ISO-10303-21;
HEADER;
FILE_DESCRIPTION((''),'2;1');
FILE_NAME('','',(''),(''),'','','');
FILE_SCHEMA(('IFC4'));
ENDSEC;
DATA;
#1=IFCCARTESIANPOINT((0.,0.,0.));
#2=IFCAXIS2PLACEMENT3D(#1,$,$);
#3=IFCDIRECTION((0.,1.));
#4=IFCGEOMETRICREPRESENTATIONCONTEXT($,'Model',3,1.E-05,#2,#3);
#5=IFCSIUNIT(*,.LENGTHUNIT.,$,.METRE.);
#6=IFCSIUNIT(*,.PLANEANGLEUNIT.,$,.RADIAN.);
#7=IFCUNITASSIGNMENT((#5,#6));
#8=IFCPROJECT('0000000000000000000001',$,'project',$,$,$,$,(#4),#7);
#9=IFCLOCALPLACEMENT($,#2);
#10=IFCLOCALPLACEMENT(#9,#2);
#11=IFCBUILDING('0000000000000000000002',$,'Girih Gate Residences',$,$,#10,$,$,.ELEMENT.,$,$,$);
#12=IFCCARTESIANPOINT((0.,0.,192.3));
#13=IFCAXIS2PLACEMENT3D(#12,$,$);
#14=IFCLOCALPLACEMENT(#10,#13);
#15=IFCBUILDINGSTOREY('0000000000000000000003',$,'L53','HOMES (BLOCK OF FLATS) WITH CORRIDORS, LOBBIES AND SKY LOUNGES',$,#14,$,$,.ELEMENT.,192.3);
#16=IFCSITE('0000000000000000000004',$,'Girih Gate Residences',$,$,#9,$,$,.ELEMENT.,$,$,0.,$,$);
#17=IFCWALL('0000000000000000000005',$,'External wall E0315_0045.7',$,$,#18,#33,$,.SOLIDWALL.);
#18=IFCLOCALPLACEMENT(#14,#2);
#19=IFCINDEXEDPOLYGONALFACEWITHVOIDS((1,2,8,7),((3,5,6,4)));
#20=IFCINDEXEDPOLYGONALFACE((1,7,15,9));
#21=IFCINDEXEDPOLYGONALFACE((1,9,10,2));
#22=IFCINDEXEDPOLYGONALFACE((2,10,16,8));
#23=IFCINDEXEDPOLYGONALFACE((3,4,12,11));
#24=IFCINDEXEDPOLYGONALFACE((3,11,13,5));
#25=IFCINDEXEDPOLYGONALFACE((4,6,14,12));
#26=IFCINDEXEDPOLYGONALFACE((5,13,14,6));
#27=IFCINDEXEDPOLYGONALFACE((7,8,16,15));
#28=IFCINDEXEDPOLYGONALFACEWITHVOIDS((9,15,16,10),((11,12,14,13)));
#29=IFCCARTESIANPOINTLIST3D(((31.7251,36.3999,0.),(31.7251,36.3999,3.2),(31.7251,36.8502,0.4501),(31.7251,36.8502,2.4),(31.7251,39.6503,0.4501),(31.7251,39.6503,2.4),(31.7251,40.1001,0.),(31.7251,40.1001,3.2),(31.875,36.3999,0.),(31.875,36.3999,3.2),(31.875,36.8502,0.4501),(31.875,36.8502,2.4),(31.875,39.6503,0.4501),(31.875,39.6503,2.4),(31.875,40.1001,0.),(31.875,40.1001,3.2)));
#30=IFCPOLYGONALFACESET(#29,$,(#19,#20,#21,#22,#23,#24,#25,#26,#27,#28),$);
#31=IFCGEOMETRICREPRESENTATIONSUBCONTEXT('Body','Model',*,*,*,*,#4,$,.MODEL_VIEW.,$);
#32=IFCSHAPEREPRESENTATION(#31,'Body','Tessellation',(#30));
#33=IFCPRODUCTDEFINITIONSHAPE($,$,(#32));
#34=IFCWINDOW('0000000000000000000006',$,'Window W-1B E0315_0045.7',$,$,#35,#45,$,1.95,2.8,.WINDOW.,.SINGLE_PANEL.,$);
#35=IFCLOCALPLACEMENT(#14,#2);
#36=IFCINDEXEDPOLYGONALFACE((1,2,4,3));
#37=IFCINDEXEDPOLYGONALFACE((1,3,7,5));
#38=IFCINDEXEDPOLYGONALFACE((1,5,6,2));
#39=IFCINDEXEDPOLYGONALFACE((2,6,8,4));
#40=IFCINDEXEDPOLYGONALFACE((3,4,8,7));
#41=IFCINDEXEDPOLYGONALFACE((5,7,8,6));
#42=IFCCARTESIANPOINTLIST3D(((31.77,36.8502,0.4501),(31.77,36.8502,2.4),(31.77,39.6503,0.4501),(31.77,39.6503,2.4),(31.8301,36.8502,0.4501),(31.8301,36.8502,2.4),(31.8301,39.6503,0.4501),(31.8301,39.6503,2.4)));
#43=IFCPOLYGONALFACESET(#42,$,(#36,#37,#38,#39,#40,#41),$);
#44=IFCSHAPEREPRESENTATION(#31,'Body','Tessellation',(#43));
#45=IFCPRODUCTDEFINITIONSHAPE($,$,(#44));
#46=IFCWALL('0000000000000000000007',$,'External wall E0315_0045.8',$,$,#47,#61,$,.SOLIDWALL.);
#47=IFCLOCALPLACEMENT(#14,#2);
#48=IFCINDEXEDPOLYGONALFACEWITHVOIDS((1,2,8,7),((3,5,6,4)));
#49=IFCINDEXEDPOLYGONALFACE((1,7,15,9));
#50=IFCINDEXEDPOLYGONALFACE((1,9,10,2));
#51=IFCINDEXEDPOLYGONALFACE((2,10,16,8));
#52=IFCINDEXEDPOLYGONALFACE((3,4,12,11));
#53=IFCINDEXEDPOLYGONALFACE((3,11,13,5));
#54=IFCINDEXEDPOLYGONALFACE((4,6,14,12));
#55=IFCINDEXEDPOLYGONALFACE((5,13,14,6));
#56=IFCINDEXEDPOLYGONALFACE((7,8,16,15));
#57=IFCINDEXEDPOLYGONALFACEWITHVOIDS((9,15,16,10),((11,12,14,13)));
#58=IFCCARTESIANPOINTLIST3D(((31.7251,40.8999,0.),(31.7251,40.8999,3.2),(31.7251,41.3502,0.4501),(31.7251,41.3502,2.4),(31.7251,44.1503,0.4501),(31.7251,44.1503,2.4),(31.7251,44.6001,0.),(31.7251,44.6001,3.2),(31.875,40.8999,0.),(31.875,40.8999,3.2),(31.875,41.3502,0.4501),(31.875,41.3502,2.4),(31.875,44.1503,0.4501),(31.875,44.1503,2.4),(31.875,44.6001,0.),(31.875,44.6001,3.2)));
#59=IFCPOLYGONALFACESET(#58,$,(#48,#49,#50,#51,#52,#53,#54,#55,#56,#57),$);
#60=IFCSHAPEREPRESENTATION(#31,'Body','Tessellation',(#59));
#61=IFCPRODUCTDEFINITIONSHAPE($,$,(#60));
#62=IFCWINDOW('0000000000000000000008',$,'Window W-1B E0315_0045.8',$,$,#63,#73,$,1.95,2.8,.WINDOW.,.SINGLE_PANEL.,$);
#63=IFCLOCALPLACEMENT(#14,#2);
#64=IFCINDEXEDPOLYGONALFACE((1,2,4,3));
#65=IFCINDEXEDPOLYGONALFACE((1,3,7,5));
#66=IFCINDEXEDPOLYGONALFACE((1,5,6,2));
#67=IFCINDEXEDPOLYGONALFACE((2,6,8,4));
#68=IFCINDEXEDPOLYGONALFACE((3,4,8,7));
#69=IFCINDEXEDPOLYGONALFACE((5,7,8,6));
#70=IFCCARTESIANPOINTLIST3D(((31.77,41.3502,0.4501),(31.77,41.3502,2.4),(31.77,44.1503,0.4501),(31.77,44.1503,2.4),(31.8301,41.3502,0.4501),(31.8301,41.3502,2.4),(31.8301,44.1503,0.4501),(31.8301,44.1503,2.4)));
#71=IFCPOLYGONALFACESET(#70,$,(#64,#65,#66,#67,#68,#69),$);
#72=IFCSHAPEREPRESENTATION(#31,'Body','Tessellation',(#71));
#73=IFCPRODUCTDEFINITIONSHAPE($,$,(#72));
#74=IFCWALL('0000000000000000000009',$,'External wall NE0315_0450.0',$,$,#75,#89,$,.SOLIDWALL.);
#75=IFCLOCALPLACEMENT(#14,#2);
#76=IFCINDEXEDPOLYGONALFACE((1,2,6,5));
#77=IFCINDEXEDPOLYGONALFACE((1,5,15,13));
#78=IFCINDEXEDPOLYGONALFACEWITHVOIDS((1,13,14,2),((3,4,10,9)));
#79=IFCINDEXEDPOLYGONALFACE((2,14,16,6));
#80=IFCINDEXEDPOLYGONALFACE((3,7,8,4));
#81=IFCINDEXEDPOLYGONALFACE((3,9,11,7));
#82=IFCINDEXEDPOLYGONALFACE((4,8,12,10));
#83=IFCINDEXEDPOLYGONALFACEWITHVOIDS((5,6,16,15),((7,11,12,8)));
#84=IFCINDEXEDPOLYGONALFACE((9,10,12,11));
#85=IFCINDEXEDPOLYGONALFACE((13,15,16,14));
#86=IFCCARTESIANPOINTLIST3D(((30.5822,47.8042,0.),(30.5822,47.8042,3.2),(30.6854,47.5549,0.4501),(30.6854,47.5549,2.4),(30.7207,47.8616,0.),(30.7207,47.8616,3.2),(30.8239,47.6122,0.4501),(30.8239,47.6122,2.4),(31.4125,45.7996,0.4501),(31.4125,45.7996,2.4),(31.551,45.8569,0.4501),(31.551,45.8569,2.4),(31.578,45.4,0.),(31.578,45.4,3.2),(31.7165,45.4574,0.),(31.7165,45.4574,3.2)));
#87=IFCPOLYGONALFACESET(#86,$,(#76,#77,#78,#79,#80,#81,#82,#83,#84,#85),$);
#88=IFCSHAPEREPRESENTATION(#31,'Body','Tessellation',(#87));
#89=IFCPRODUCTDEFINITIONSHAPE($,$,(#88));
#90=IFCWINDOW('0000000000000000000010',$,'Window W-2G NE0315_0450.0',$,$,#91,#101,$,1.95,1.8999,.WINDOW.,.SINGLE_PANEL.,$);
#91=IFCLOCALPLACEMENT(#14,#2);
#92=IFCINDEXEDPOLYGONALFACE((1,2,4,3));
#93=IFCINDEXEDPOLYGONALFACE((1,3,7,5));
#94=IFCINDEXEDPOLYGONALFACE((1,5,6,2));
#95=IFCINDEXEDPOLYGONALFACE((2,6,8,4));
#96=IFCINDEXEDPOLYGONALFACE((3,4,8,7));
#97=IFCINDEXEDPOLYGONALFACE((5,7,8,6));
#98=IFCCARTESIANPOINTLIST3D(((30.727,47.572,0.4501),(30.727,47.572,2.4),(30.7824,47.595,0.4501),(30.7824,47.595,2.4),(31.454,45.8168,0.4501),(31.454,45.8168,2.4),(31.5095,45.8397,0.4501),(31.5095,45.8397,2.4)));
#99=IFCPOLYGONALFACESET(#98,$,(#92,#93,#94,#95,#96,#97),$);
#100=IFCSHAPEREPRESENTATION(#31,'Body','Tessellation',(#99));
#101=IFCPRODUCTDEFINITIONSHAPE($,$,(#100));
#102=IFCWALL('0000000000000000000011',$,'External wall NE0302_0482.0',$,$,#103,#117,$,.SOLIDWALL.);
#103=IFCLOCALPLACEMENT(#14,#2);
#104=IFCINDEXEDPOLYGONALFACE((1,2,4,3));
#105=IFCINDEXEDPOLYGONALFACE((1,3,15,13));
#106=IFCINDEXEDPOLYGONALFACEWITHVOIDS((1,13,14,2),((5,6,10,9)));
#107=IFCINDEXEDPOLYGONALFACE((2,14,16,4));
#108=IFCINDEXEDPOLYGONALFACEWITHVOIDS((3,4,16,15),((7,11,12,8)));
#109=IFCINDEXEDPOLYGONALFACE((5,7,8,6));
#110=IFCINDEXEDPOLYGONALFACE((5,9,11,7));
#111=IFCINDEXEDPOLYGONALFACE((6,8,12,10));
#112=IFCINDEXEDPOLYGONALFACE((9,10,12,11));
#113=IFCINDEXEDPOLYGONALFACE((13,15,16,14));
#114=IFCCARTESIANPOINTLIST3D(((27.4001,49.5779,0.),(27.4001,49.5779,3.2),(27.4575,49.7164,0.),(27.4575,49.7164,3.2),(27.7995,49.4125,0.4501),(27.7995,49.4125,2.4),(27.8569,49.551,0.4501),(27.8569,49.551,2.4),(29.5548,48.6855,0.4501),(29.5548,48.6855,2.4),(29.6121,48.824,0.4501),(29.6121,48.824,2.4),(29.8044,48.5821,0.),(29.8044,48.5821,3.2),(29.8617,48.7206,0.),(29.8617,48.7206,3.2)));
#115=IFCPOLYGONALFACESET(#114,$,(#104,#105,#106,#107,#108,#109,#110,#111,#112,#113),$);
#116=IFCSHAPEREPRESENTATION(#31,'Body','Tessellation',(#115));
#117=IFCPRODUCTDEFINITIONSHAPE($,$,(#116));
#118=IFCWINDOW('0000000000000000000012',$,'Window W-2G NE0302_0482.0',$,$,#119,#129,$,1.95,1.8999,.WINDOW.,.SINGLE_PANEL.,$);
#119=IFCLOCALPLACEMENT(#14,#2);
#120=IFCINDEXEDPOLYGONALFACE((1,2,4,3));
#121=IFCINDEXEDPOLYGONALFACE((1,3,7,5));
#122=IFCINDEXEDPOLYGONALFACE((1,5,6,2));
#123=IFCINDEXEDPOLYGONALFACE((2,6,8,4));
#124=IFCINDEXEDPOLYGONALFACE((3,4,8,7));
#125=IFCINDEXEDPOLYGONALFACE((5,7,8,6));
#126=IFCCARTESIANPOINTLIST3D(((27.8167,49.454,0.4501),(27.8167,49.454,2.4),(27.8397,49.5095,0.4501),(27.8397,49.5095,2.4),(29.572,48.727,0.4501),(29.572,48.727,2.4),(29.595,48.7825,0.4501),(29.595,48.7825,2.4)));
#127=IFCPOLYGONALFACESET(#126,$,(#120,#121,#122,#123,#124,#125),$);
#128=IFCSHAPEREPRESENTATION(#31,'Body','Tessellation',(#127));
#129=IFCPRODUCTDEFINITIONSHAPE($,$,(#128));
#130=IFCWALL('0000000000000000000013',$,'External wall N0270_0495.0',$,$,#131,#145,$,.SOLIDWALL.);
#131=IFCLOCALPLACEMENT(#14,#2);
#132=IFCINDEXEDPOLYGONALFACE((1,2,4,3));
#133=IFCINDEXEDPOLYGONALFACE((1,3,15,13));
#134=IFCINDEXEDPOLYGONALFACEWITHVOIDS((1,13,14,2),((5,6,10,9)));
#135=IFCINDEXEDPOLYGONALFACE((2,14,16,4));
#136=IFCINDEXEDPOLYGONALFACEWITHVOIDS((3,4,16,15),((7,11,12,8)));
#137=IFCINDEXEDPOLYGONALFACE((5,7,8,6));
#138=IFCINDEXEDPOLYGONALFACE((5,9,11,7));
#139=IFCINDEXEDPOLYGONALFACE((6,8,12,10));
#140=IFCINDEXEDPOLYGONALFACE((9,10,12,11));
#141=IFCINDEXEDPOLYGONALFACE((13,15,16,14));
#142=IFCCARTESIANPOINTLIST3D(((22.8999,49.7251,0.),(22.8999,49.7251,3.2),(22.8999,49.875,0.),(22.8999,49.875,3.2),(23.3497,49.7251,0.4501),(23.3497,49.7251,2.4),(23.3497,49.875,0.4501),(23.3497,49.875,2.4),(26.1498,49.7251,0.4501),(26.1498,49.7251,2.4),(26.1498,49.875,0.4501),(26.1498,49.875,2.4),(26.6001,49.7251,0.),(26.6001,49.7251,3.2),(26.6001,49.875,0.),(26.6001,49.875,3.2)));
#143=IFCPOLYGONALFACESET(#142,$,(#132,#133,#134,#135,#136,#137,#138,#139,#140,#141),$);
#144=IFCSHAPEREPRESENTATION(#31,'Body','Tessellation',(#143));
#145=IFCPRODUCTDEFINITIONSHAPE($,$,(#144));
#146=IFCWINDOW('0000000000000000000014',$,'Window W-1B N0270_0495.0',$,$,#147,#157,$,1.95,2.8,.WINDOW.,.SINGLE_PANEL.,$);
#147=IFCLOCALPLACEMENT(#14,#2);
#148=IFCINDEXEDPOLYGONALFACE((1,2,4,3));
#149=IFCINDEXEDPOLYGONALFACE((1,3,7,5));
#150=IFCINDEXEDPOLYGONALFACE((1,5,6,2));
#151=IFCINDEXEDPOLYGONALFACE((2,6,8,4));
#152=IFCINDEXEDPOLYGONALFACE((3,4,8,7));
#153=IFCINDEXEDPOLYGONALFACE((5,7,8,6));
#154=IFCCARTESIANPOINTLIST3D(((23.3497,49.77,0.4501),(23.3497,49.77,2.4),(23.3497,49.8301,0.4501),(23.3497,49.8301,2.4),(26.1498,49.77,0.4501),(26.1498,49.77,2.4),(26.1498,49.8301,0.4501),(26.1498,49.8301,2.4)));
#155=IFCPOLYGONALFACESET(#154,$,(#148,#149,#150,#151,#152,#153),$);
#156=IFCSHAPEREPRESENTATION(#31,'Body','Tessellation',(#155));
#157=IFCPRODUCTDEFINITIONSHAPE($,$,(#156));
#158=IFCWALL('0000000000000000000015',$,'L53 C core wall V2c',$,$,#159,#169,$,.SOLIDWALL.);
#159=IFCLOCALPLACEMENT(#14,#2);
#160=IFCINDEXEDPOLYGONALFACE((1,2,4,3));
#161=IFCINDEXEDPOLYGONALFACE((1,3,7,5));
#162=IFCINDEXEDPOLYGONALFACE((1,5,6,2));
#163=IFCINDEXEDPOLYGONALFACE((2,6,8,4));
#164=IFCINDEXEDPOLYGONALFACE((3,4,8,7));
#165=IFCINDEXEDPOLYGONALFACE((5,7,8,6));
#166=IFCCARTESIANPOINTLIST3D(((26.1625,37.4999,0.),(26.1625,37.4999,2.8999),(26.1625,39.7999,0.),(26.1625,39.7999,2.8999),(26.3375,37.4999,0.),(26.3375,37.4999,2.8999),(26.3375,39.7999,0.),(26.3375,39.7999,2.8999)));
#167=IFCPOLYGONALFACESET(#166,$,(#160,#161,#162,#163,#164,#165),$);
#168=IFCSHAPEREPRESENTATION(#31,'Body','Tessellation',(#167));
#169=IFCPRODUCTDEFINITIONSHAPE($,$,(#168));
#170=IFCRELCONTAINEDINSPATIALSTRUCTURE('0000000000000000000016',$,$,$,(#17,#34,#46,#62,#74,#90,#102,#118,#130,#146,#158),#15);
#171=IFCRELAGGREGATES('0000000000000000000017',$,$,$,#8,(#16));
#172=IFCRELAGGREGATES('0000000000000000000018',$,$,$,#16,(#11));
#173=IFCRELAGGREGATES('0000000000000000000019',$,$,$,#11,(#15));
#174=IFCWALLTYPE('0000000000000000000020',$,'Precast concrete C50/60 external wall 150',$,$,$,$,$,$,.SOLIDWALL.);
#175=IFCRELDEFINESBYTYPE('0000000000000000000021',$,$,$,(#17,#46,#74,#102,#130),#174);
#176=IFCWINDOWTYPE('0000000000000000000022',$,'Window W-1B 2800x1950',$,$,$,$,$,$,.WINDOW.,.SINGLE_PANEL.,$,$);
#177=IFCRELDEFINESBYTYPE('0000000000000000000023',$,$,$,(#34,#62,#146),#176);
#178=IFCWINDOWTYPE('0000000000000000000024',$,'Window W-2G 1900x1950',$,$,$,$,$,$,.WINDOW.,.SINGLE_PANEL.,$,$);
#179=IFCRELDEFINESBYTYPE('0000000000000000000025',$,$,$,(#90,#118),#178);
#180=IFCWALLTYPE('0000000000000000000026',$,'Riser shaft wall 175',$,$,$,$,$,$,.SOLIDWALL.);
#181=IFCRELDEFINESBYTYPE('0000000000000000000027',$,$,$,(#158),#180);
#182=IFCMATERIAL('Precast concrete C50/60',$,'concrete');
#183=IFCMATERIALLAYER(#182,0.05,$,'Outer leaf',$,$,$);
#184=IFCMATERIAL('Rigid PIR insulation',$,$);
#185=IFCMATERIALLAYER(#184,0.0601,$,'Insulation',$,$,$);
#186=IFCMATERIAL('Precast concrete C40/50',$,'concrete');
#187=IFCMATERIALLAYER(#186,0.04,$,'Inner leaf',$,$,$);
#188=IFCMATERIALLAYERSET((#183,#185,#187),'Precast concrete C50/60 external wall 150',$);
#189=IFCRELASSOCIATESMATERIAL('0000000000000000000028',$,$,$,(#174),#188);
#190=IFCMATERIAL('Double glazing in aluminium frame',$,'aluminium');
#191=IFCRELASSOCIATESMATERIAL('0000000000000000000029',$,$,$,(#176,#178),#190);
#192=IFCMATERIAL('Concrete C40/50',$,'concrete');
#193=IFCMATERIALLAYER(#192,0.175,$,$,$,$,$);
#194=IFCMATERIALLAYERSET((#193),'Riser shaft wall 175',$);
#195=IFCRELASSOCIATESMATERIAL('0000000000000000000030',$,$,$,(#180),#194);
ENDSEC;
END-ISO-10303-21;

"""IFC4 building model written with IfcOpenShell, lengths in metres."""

from ifc_helpers import new_model, si_unit, direction, frame, frame_2d, origin, place, context, subcontext, project, spatial, rectangle, extrude, material, layer, layer_set, type_object, element, fill, save


model = new_model("IFC4")

# Units and contexts
model_context = context("Model", 3, precision=1e-05, world=origin(), true_north=direction((0.0, 1.0)))
body_context = subcontext(model_context, "Body", "Model", "MODEL_VIEW")
ifc_project = project(units=[si_unit("LENGTHUNIT", "METRE"), si_unit("PLANEANGLEUNIT", "RADIAN")], contexts=[model_context])

# Site, building, storey
site_placement = place(None, origin())
site = spatial("IfcSite", under=ifc_project, at=site_placement, Name="Girih Gate Residences", CompositionType="ELEMENT", RefElevation=0.0)
building_placement = place(site_placement, origin())
building = spatial("IfcBuilding", under=site, at=building_placement, Name="Girih Gate Residences", CompositionType="ELEMENT")
storey_placement = place(building_placement, frame((0.0, 0.0, 192.3)))
storey = spatial("IfcBuildingStorey", under=building, at=storey_placement, Name="L53", Description="HOMES (BLOCK OF FLATS) WITH CORRIDORS, LOBBIES AND SKY LOUNGES", CompositionType="ELEMENT", Elevation=192.3)

# Walls, openings, windows
ifc_material_1 = material(Name="Precast concrete C50/60", Category="concrete")
ifc_layer_1 = layer(ifc_material_1, 0.05, Name="Outer leaf")
ifc_material_2 = material(Name="Rigid PIR insulation")
ifc_layer_2 = layer(ifc_material_2, 0.0601, Name="Insulation")
ifc_material_3 = material(Name="Precast concrete C40/50", Category="concrete")
ifc_layer_3 = layer(ifc_material_3, 0.04, Name="Inner leaf")
ifc_layer_set_1 = layer_set([ifc_layer_1, ifc_layer_2, ifc_layer_3], Name="Precast concrete C50/60 external wall 150")
wall_type_1 = type_object("IfcWallType", Name="Precast concrete C50/60 external wall 150", PredefinedType="SOLIDWALL", material=ifc_layer_set_1)
wall_1_placement = place(storey_placement, frame((31.8, 40.1001, 0.0), z_axis=(0.0, 0.0, 1.0), x_axis=(0.0, -1.0, 0.0)))
wall_1 = element("IfcWall", 1, at=wall_1_placement, inside=storey, type_object=wall_type_1, Name="External wall E0315_0045.7", PredefinedType="SOLIDWALL", context=body_context, shape_type="SweptSolid", body=[
    extrude(rectangle(XDim=3.7002, YDim=0.1499, at=frame_2d((1.8501, 0.0))), origin(), (0.0, 0.0, 1.0), 3.2),
])
opening_1_placement = place(wall_1_placement, frame((0.45, 0.0, 0.45)))
opening_1 = element("IfcOpeningElement", 2, at=opening_1_placement, cuts=wall_1, PredefinedType="OPENING", context=body_context, shape_type="SweptSolid", body=[
    extrude(rectangle(XDim=2.8, YDim=1.95, at=frame_2d((1.3999, 0.9751))), frame((0.0, 0.085, 0.0), z_axis=(0.0, -1.0, 0.0), x_axis=(1.0, 0.0, 0.0)), (0.0, 0.0, 1.0), 0.1699),
])
ifc_material_4 = material(Name="Double glazing in aluminium frame", Category="aluminium")
window_type_1 = type_object("IfcWindowType", Name="Window W-1B 2800x1950", PartitioningType="SINGLE_PANEL", PredefinedType="WINDOW", material=ifc_material_4)
window_1_placement = place(opening_1_placement, origin())
window_1 = element("IfcWindow", 3, at=window_1_placement, inside=storey, type_object=window_type_1, Name="Window W-1B E0315_0045.7", OverallHeight=1.95, OverallWidth=2.8, PartitioningType="SINGLE_PANEL", PredefinedType="WINDOW", context=body_context, shape_type="SweptSolid", body=[
    extrude(rectangle(XDim=2.8, YDim=1.95, at=frame_2d((1.3999, 0.9751))), frame((0.0, 0.03, 0.0), z_axis=(0.0, -1.0, 0.0), x_axis=(1.0, 0.0, 0.0)), (0.0, 0.0, 1.0), 0.0601),
])
fill(opening_1, window_1)
wall_2_placement = place(storey_placement, frame((31.8, 44.6001, 0.0), z_axis=(0.0, 0.0, 1.0), x_axis=(0.0, -1.0, 0.0)))
wall_2 = element("IfcWall", 4, at=wall_2_placement, inside=storey, type_object=wall_type_1, Name="External wall E0315_0045.8", PredefinedType="SOLIDWALL", context=body_context, shape_type="SweptSolid", body=[
    extrude(rectangle(XDim=3.7002, YDim=0.1499, at=frame_2d((1.8501, 0.0))), origin(), (0.0, 0.0, 1.0), 3.2),
])
opening_2_placement = place(wall_2_placement, frame((0.45, 0.0, 0.45)))
opening_2 = element("IfcOpeningElement", 5, at=opening_2_placement, cuts=wall_2, PredefinedType="OPENING", context=body_context, shape_type="SweptSolid", body=[
    extrude(rectangle(XDim=2.8, YDim=1.95, at=frame_2d((1.3999, 0.9751))), frame((0.0, 0.085, 0.0), z_axis=(0.0, -1.0, 0.0), x_axis=(1.0, 0.0, 0.0)), (0.0, 0.0, 1.0), 0.1699),
])
window_2_placement = place(opening_2_placement, origin())
window_2 = element("IfcWindow", 6, at=window_2_placement, inside=storey, type_object=window_type_1, Name="Window W-1B E0315_0045.8", OverallHeight=1.95, OverallWidth=2.8, PartitioningType="SINGLE_PANEL", PredefinedType="WINDOW", context=body_context, shape_type="SweptSolid", body=[
    extrude(rectangle(XDim=2.8, YDim=1.95, at=frame_2d((1.3999, 0.9751))), frame((0.0, 0.03, 0.0), z_axis=(0.0, -1.0, 0.0), x_axis=(1.0, 0.0, 0.0)), (0.0, 0.0, 1.0), 0.0601),
])
fill(opening_2, window_2)
wall_3_placement = place(storey_placement, frame((30.6514, 47.833, 0.0), z_axis=(0.0, 0.0, 1.0), x_axis=(0.382669, -0.923885, 0.0)))
wall_3 = element("IfcWall", 7, at=wall_3_placement, inside=storey, type_object=wall_type_1, Name="External wall NE0315_0450.0", PredefinedType="SOLIDWALL", context=body_context, shape_type="SweptSolid", body=[
    extrude(rectangle(XDim=2.6023, YDim=0.1499, at=frame_2d((1.3013, 0.0))), origin(), (0.0, 0.0, 1.0), 3.2),
])
opening_3_placement = place(wall_3_placement, frame((0.27, 0.0, 0.45)))
opening_3 = element("IfcOpeningElement", 8, at=opening_3_placement, cuts=wall_3, PredefinedType="OPENING", context=body_context, shape_type="SweptSolid", body=[
    extrude(rectangle(XDim=1.8999, YDim=1.95, at=frame_2d((0.95, 0.9751))), frame((0.0, 0.085, 0.0), z_axis=(0.0, -1.0, 0.0), x_axis=(1.0, 0.0, 0.0)), (0.0, 0.0, 1.0), 0.1699),
])
window_type_2 = type_object("IfcWindowType", Name="Window W-2G 1900x1950", PartitioningType="SINGLE_PANEL", PredefinedType="WINDOW", material=ifc_material_4)
window_3_placement = place(opening_3_placement, origin())
window_3 = element("IfcWindow", 9, at=window_3_placement, inside=storey, type_object=window_type_2, Name="Window W-2G NE0315_0450.0", OverallHeight=1.95, OverallWidth=1.8999, PartitioningType="SINGLE_PANEL", PredefinedType="WINDOW", context=body_context, shape_type="SweptSolid", body=[
    extrude(rectangle(XDim=1.8999, YDim=1.95, at=frame_2d((0.95, 0.9751))), frame((0.0, 0.03, 0.0), z_axis=(0.0, -1.0, 0.0), x_axis=(1.0, 0.0, 0.0)), (0.0, 0.0, 1.0), 0.0601),
])
fill(opening_3, window_3)
wall_4_placement = place(storey_placement, frame((27.4287, 49.6472, 0.0), z_axis=(0.0, 0.0, 1.0), x_axis=(0.923885, -0.382669, 0.0)))
wall_4 = element("IfcWall", 10, at=wall_4_placement, inside=storey, type_object=wall_type_1, Name="External wall NE0302_0482.0", PredefinedType="SOLIDWALL", context=body_context, shape_type="SweptSolid", body=[
    extrude(rectangle(XDim=2.6023, YDim=0.1499, at=frame_2d((1.3013, 0.0))), origin(), (0.0, 0.0, 1.0), 3.2),
])
opening_4_placement = place(wall_4_placement, frame((0.4324, 0.0, 0.45)))
opening_4 = element("IfcOpeningElement", 11, at=opening_4_placement, cuts=wall_4, PredefinedType="OPENING", context=body_context, shape_type="SweptSolid", body=[
    extrude(rectangle(XDim=1.8999, YDim=1.95, at=frame_2d((0.95, 0.9751))), frame((0.0, 0.085, 0.0), z_axis=(0.0, -1.0, 0.0), x_axis=(1.0, 0.0, 0.0)), (0.0, 0.0, 1.0), 0.1699),
])
window_4_placement = place(opening_4_placement, origin())
window_4 = element("IfcWindow", 12, at=window_4_placement, inside=storey, type_object=window_type_2, Name="Window W-2G NE0302_0482.0", OverallHeight=1.95, OverallWidth=1.8999, PartitioningType="SINGLE_PANEL", PredefinedType="WINDOW", context=body_context, shape_type="SweptSolid", body=[
    extrude(rectangle(XDim=1.8999, YDim=1.95, at=frame_2d((0.95, 0.9751))), frame((0.0, 0.03, 0.0), z_axis=(0.0, -1.0, 0.0), x_axis=(1.0, 0.0, 0.0)), (0.0, 0.0, 1.0), 0.0601),
])
fill(opening_4, window_4)
wall_5_placement = place(storey_placement, frame((22.8999, 49.8, 0.0), z_axis=(0.0, 0.0, 1.0), x_axis=(1.0, 0.0, 0.0)))
wall_5 = element("IfcWall", 13, at=wall_5_placement, inside=storey, type_object=wall_type_1, Name="External wall N0270_0495.0", PredefinedType="SOLIDWALL", context=body_context, shape_type="SweptSolid", body=[
    extrude(rectangle(XDim=3.7002, YDim=0.1499, at=frame_2d((1.8501, 0.0))), origin(), (0.0, 0.0, 1.0), 3.2),
])
opening_5_placement = place(wall_5_placement, frame((0.45, 0.0, 0.45)))
opening_5 = element("IfcOpeningElement", 14, at=opening_5_placement, cuts=wall_5, PredefinedType="OPENING", context=body_context, shape_type="SweptSolid", body=[
    extrude(rectangle(XDim=2.8, YDim=1.95, at=frame_2d((1.3999, 0.9751))), frame((0.0, 0.085, 0.0), z_axis=(0.0, -1.0, 0.0), x_axis=(1.0, 0.0, 0.0)), (0.0, 0.0, 1.0), 0.1699),
])
window_5_placement = place(opening_5_placement, origin())
window_5 = element("IfcWindow", 15, at=window_5_placement, inside=storey, type_object=window_type_1, Name="Window W-1B N0270_0495.0", OverallHeight=1.95, OverallWidth=2.8, PartitioningType="SINGLE_PANEL", PredefinedType="WINDOW", context=body_context, shape_type="SweptSolid", body=[
    extrude(rectangle(XDim=2.8, YDim=1.95, at=frame_2d((1.3999, 0.9751))), frame((0.0, 0.03, 0.0), z_axis=(0.0, -1.0, 0.0), x_axis=(1.0, 0.0, 0.0)), (0.0, 0.0, 1.0), 0.0601),
])
fill(opening_5, window_5)

# Wall
ifc_material_5 = material(Name="Concrete C40/50", Category="concrete")
ifc_layer_4 = layer(ifc_material_5, 0.175)
ifc_layer_set_2 = layer_set([ifc_layer_4], Name="Riser shaft wall 175")
wall_type_2 = type_object("IfcWallType", Name="Riser shaft wall 175", PredefinedType="SOLIDWALL", material=ifc_layer_set_2)
wall_6_placement = place(storey_placement, frame((26.25, 37.5, 0.0), z_axis=(0.0, 0.0, 1.0), x_axis=(0.0, 1.0, 0.0)))
element("IfcWall", 16, at=wall_6_placement, inside=storey, type_object=wall_type_2, Name="L53 C core wall V2c", PredefinedType="SOLIDWALL", context=body_context, shape_type="SweptSolid", body=[
    extrude(rectangle(XDim=2.3, YDim=0.175, at=frame_2d((1.1499, 0.0))), origin(), (0.0, 0.0, 1.0), 2.8999),
])

save(model, "model.ifc")
